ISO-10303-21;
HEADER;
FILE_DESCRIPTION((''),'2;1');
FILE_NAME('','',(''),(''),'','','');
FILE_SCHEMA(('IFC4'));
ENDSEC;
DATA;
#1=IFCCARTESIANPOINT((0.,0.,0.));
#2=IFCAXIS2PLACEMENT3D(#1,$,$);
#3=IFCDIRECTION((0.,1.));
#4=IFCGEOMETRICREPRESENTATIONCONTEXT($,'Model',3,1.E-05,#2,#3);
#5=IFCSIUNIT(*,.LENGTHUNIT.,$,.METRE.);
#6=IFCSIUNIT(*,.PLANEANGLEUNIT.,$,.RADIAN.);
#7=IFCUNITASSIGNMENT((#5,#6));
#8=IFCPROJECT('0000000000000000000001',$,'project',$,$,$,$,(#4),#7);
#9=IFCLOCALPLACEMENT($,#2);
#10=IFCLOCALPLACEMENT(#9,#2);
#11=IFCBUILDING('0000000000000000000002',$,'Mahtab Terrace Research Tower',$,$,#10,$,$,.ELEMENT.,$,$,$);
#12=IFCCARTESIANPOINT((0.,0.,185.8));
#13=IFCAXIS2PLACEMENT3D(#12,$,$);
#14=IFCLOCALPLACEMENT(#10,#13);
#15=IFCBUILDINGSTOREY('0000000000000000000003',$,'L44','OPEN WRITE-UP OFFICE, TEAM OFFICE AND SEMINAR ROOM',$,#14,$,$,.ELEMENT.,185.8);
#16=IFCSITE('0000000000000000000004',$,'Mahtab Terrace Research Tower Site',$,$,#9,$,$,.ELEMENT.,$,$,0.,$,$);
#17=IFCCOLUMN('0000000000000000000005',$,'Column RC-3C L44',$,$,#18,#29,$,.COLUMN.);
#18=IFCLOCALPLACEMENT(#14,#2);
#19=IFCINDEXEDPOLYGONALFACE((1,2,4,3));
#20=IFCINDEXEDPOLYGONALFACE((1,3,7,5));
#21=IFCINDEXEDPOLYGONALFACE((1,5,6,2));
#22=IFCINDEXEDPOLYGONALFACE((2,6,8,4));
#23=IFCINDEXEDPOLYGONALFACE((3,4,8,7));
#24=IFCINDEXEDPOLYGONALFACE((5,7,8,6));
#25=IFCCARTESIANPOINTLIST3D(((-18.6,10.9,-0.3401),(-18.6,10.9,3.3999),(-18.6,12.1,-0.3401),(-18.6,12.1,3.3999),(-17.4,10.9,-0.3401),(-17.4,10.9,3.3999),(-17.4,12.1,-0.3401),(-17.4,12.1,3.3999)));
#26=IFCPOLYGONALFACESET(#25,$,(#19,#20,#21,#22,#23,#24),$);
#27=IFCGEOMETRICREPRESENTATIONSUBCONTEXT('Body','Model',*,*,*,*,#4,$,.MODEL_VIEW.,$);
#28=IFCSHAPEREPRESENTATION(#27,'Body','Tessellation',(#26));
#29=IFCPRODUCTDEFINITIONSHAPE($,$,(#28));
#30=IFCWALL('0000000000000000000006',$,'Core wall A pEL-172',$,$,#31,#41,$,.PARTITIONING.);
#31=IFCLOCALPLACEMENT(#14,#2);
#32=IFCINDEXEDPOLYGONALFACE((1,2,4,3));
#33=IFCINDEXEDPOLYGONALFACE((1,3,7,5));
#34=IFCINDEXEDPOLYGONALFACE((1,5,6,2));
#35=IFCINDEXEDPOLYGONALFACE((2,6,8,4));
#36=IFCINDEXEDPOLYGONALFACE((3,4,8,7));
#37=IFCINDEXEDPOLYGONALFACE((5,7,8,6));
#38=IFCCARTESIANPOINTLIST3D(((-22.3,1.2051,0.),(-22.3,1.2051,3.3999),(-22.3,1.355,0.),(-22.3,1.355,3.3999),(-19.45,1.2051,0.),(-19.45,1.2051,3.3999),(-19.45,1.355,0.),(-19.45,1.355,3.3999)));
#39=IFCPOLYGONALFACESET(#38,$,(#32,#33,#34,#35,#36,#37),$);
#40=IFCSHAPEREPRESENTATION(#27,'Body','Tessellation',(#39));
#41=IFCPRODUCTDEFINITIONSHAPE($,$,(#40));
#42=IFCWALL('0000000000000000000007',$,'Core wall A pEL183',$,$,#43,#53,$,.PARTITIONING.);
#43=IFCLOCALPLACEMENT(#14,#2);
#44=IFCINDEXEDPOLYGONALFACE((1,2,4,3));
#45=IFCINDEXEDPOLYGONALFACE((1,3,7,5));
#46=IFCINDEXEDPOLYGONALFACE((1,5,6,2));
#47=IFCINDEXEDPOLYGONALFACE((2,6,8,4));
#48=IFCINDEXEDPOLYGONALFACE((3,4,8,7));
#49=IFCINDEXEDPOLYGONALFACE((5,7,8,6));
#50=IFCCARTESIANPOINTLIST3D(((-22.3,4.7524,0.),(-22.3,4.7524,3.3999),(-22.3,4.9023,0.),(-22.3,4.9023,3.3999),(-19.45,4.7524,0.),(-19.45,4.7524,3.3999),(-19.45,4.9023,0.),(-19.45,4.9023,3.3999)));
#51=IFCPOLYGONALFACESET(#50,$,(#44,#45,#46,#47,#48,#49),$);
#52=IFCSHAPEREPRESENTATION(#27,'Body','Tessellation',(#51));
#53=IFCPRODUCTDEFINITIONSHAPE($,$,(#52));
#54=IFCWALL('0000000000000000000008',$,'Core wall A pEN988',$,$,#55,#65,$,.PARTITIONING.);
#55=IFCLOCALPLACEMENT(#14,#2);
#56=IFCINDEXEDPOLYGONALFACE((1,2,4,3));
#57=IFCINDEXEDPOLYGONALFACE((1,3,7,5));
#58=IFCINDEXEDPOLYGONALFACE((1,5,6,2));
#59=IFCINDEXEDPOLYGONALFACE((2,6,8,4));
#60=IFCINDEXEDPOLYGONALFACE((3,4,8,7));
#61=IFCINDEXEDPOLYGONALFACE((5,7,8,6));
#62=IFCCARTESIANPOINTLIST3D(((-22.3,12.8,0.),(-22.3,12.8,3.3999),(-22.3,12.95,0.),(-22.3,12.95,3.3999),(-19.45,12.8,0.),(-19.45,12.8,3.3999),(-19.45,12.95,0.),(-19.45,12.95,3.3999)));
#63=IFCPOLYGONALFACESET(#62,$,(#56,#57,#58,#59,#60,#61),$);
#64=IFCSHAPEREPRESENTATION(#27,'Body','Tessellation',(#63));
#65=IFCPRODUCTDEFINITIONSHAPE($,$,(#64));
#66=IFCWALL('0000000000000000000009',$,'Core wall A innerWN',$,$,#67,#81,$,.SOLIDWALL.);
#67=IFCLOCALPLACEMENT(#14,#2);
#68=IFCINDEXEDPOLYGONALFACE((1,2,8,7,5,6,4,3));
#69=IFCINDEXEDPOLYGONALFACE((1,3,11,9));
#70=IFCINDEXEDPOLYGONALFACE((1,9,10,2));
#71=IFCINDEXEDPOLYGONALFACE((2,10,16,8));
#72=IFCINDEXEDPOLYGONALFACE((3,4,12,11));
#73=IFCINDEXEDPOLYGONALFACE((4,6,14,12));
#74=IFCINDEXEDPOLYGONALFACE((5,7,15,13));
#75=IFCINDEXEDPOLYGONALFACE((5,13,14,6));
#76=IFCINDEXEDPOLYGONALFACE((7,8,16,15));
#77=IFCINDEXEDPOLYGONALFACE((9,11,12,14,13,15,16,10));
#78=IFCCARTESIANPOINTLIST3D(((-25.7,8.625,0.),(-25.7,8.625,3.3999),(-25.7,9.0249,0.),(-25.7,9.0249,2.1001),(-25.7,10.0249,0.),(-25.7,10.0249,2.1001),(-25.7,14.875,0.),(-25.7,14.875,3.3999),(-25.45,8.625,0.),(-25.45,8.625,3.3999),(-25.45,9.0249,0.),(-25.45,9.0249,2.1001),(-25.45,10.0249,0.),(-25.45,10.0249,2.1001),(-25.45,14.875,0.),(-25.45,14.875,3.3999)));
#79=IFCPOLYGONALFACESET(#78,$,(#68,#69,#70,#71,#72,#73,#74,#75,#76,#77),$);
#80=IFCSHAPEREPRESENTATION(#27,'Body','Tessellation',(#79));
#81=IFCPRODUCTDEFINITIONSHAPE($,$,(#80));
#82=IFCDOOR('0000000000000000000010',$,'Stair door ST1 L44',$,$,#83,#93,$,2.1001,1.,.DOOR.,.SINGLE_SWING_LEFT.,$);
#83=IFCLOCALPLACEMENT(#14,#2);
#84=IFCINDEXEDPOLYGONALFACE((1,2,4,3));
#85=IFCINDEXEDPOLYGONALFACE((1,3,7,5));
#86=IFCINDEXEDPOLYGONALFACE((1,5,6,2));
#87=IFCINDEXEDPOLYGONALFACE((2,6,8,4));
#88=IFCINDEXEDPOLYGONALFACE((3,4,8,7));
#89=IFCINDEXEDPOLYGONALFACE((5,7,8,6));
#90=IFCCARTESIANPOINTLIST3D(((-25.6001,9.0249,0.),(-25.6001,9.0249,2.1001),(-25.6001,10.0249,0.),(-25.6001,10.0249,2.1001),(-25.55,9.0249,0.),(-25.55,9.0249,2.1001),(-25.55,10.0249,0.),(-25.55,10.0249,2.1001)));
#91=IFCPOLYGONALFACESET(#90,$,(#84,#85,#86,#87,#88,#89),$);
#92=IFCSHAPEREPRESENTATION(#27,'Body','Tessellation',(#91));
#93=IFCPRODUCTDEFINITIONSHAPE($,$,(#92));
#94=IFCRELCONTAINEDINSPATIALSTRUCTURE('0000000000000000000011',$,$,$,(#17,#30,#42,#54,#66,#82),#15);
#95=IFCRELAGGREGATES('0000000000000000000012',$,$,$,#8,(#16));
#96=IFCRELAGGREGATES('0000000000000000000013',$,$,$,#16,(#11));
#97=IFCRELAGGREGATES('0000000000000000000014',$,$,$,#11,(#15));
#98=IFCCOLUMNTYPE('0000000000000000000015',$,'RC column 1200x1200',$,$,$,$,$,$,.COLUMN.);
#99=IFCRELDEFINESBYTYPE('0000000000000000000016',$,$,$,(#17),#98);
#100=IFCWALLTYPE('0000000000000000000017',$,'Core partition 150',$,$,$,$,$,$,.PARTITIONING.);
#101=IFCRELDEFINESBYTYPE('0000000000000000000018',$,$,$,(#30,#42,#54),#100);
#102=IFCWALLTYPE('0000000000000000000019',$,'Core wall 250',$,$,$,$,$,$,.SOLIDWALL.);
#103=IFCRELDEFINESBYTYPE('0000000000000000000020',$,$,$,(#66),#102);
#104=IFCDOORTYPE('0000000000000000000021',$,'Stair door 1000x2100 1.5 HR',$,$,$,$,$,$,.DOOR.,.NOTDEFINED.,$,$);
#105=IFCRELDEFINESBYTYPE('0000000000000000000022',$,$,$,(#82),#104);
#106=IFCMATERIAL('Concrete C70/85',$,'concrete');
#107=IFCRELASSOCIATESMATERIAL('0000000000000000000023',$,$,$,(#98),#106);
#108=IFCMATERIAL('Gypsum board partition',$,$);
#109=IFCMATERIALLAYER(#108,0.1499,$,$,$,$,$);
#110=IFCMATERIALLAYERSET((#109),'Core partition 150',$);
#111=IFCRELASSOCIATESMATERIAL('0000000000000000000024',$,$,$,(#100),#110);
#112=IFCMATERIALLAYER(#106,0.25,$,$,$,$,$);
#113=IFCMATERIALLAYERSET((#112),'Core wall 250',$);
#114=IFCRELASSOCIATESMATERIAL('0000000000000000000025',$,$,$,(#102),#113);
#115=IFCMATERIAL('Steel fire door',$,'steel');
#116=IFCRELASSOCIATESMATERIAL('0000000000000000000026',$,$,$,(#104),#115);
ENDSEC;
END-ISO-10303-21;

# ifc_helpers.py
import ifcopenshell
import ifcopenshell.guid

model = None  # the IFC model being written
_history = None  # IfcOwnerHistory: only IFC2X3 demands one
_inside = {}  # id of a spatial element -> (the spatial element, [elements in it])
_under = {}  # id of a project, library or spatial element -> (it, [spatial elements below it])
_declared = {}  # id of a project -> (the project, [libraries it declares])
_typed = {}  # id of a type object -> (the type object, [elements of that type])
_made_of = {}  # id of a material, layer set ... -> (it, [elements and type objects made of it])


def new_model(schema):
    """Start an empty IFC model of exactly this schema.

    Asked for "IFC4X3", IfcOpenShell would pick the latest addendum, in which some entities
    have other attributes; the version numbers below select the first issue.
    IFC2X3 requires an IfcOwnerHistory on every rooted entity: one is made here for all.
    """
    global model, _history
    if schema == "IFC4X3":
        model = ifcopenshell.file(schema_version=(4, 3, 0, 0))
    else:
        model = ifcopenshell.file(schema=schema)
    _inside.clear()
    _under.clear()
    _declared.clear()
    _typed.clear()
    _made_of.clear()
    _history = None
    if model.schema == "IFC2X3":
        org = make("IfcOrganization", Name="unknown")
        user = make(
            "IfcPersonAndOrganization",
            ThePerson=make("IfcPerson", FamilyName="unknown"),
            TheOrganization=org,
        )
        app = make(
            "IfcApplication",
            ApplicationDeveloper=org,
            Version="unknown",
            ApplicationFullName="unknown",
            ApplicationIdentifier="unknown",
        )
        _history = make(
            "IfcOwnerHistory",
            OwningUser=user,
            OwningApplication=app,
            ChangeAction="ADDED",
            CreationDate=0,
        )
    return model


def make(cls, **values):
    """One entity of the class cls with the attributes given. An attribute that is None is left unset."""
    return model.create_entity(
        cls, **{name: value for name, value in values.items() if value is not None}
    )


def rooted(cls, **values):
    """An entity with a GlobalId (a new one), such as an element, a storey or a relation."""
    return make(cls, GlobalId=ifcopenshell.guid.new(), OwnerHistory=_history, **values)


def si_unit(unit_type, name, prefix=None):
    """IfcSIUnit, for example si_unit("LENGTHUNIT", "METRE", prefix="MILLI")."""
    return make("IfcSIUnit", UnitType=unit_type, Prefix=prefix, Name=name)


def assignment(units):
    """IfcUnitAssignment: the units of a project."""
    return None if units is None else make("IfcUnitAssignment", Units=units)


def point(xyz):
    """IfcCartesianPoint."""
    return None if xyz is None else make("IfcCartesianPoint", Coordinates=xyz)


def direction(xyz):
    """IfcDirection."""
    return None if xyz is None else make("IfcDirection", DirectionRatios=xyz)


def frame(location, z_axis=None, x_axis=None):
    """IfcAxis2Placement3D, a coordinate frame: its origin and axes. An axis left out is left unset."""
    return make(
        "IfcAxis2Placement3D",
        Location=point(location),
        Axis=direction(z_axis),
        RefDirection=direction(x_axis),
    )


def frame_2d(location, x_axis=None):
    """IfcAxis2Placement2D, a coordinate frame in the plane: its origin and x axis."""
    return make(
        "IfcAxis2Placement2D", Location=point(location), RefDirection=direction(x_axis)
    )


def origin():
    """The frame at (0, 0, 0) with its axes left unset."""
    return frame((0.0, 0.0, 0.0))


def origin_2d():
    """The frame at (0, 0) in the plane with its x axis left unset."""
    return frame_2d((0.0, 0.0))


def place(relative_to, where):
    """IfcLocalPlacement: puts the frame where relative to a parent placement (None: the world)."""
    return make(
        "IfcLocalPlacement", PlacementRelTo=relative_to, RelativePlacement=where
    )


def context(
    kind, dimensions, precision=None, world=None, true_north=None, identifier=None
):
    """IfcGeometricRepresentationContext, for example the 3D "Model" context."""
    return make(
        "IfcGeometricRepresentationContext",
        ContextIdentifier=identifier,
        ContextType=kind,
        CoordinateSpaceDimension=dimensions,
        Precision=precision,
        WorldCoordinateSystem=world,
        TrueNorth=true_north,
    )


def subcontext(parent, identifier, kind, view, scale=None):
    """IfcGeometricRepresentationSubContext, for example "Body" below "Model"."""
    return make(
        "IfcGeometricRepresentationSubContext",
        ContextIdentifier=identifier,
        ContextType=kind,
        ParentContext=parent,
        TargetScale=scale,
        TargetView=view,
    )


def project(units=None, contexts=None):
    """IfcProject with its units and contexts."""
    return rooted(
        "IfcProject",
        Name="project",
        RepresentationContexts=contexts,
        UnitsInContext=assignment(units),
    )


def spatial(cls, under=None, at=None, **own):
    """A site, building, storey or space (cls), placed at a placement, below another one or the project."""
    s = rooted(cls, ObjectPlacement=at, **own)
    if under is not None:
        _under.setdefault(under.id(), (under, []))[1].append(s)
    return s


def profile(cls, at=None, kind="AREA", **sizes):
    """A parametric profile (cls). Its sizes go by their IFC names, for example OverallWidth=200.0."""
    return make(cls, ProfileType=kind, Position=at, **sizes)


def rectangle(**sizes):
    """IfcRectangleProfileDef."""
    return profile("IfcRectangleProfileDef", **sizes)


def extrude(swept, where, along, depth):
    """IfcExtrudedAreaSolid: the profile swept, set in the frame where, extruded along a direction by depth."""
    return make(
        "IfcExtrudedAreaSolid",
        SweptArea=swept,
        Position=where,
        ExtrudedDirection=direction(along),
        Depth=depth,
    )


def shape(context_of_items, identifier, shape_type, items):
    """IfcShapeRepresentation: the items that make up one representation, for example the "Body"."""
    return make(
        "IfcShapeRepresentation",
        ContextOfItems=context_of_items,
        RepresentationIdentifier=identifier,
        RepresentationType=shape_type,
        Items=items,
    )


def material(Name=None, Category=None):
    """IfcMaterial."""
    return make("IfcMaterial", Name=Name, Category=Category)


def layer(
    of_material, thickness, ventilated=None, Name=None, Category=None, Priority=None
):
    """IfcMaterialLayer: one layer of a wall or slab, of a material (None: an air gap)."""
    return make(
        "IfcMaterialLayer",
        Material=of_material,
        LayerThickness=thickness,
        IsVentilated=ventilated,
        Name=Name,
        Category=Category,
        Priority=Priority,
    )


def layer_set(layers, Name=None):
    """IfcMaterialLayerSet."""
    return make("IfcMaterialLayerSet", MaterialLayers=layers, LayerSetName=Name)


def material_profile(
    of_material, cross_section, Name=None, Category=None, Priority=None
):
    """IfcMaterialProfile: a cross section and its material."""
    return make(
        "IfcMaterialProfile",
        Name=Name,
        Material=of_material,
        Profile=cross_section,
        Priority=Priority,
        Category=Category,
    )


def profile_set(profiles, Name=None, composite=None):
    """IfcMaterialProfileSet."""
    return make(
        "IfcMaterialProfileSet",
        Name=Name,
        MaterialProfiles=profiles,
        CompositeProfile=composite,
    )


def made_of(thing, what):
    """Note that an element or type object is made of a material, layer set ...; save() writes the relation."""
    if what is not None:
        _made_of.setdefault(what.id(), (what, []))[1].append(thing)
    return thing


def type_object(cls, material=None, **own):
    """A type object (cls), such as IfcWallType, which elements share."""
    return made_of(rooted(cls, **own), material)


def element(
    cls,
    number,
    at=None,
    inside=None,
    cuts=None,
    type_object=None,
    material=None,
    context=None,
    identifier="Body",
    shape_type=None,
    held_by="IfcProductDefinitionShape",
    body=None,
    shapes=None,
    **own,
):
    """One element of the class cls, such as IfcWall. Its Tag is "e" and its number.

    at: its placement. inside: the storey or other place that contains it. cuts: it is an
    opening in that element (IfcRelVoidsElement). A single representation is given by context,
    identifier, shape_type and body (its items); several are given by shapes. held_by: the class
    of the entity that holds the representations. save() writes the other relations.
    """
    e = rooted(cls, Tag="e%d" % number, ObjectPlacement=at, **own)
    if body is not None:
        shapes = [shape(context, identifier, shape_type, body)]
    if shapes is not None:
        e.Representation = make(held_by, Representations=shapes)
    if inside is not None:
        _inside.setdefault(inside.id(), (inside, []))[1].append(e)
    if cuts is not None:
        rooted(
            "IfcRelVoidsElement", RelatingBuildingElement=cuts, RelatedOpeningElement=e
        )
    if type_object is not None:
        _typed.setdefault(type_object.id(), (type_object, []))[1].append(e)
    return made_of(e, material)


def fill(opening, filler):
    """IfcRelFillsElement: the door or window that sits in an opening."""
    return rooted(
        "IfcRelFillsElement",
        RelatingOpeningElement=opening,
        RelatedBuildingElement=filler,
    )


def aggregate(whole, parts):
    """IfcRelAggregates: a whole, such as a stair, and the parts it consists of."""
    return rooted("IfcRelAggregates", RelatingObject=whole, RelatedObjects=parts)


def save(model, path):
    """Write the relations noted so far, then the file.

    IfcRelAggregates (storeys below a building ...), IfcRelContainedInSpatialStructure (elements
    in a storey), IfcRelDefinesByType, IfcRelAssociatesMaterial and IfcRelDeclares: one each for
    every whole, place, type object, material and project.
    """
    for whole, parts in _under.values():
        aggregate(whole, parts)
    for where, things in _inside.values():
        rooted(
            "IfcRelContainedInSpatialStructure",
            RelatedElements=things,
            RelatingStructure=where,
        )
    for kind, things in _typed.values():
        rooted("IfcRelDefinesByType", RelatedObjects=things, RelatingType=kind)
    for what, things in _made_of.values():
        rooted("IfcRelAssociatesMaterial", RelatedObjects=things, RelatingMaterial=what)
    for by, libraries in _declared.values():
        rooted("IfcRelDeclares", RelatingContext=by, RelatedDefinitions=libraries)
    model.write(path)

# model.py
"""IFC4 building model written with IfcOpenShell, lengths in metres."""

from ifc_helpers import new_model, si_unit, direction, frame, frame_2d, origin, origin_2d, place, context, subcontext, project, spatial, rectangle, extrude, material, layer, layer_set, material_profile, profile_set, type_object, element, fill, save


model = new_model("IFC4")

# Units and contexts
model_context = context("Model", 3, precision=1e-05, world=origin(), true_north=direction((0.0, 1.0)))
body_context = subcontext(model_context, "Body", "Model", "MODEL_VIEW")
ifc_project = project(units=[si_unit("LENGTHUNIT", "METRE"), si_unit("PLANEANGLEUNIT", "RADIAN")], contexts=[model_context])

# Site, building, storey
site_placement = place(None, origin())
site = spatial("IfcSite", under=ifc_project, at=site_placement, Name="Mahtab Terrace Research Tower Site", CompositionType="ELEMENT", RefElevation=0.0)
building_placement = place(site_placement, origin())
building = spatial("IfcBuilding", under=site, at=building_placement, Name="Mahtab Terrace Research Tower", CompositionType="ELEMENT")
storey_placement = place(building_placement, frame((0.0, 0.0, 185.8)))
storey = spatial("IfcBuildingStorey", under=building, at=storey_placement, Name="L44", Description="OPEN WRITE-UP OFFICE, TEAM OFFICE AND SEMINAR ROOM", CompositionType="ELEMENT", Elevation=185.8)

# Column
ifc_material_1 = material(Name="Concrete C70/85", Category="concrete")
ifc_material_profile = material_profile(ifc_material_1, rectangle(XDim=1.2, YDim=1.2, at=origin_2d()), Name="RC column 1200x1200")
ifc_profile_set = profile_set([ifc_material_profile], Name="Concrete C70/85")
column_type = type_object("IfcColumnType", Name="RC column 1200x1200", PredefinedType="COLUMN", material=ifc_profile_set)
column_placement = place(storey_placement, frame((-18.0, 11.5, -0.3401), z_axis=(0.0, 0.0, 1.0), x_axis=(1.0, 0.0, 0.0)))
element("IfcColumn", 1, at=column_placement, inside=storey, type_object=column_type, Name="Column RC-3C L44", PredefinedType="COLUMN", context=body_context, shape_type="SweptSolid", body=[
    extrude(rectangle(XDim=1.2, YDim=1.2, at=origin_2d()), origin(), (0.0, 0.0, 1.0), 3.74),
])

# Walls
ifc_material_2 = material(Name="Gypsum board partition")
ifc_layer_1 = layer(ifc_material_2, 0.1499)
ifc_layer_set_1 = layer_set([ifc_layer_1], Name="Core partition 150")
wall_type_1 = type_object("IfcWallType", Name="Core partition 150", PredefinedType="PARTITIONING", material=ifc_layer_set_1)
for number, where, z_axis, x_axis, name in (
    (2, (-22.3, 1.28, 0.0), (0.0, 0.0, 1.0), (1.0, 0.0, 0.0), "Core wall A pEL-172"),
    (3, (-22.3, 4.8274, 0.0), (0.0, 0.0, 1.0), (1.0, 0.0, 0.0), "Core wall A pEL183"),
    (4, (-22.3, 12.875, 0.0), (0.0, 0.0, 1.0), (1.0, 0.0, 0.0), "Core wall A pEN988"),
):
    element("IfcWall", number, at=place(storey_placement, frame(where, z_axis=z_axis, x_axis=x_axis)), inside=storey, type_object=wall_type_1, Name=name, PredefinedType="PARTITIONING", context=body_context, shape_type="SweptSolid", body=[
        extrude(rectangle(XDim=2.8501, YDim=0.1499, at=frame_2d((1.425, 0.0))), origin(), (0.0, 0.0, 1.0), 3.3999),
    ])

# Wall, opening, door
ifc_layer_2 = layer(ifc_material_1, 0.25)
ifc_layer_set_2 = layer_set([ifc_layer_2], Name="Core wall 250")
wall_type_2 = type_object("IfcWallType", Name="Core wall 250", PredefinedType="SOLIDWALL", material=ifc_layer_set_2)
wall_1_placement = place(storey_placement, frame((-25.575, 14.875, 0.0), z_axis=(0.0, 0.0, 1.0), x_axis=(0.0, -1.0, 0.0)))
wall_1 = element("IfcWall", 5, at=wall_1_placement, inside=storey, type_object=wall_type_2, Name="Core wall A innerWN", PredefinedType="SOLIDWALL", context=body_context, shape_type="SweptSolid", body=[
    extrude(rectangle(XDim=6.25, YDim=0.25, at=frame_2d((3.125, 0.0))), origin(), (0.0, 0.0, 1.0), 3.3999),
])
opening_1_placement = place(wall_1_placement, frame((4.8501, 0.0, 0.0)))
opening_1 = element("IfcOpeningElement", 6, at=opening_1_placement, cuts=wall_1, PredefinedType="OPENING", context=body_context, shape_type="SweptSolid", body=[
    extrude(rectangle(XDim=1.0, YDim=2.1001, at=frame_2d((0.5, 1.05))), frame((0.0, 0.135, 0.0), z_axis=(0.0, -1.0, 0.0), x_axis=(1.0, 0.0, 0.0)), (0.0, 0.0, 1.0), 0.27),
])
ifc_material_3 = material(Name="Steel fire door", Category="steel")
door_type_1 = type_object("IfcDoorType", Name="Stair door 1000x2100 1.5 HR", OperationType="NOTDEFINED", PredefinedType="DOOR", material=ifc_material_3)
door_1_placement = place(opening_1_placement, origin())
door_1 = element("IfcDoor", 7, at=door_1_placement, inside=storey, type_object=door_type_1, Name="Stair door ST1 L44", OperationType="SINGLE_SWING_LEFT", OverallHeight=2.1001, OverallWidth=1.0, PredefinedType="DOOR", context=body_context, shape_type="SweptSolid", body=[
    extrude(rectangle(XDim=1.0, YDim=2.1001, at=frame_2d((0.5, 1.05))), frame((0.0, 0.0249, 0.0), z_axis=(0.0, -1.0, 0.0), x_axis=(1.0, 0.0, 0.0)), (0.0, 0.0, 1.0), 0.05),
])
fill(opening_1, door_1)

save(model, "model.ifc")
